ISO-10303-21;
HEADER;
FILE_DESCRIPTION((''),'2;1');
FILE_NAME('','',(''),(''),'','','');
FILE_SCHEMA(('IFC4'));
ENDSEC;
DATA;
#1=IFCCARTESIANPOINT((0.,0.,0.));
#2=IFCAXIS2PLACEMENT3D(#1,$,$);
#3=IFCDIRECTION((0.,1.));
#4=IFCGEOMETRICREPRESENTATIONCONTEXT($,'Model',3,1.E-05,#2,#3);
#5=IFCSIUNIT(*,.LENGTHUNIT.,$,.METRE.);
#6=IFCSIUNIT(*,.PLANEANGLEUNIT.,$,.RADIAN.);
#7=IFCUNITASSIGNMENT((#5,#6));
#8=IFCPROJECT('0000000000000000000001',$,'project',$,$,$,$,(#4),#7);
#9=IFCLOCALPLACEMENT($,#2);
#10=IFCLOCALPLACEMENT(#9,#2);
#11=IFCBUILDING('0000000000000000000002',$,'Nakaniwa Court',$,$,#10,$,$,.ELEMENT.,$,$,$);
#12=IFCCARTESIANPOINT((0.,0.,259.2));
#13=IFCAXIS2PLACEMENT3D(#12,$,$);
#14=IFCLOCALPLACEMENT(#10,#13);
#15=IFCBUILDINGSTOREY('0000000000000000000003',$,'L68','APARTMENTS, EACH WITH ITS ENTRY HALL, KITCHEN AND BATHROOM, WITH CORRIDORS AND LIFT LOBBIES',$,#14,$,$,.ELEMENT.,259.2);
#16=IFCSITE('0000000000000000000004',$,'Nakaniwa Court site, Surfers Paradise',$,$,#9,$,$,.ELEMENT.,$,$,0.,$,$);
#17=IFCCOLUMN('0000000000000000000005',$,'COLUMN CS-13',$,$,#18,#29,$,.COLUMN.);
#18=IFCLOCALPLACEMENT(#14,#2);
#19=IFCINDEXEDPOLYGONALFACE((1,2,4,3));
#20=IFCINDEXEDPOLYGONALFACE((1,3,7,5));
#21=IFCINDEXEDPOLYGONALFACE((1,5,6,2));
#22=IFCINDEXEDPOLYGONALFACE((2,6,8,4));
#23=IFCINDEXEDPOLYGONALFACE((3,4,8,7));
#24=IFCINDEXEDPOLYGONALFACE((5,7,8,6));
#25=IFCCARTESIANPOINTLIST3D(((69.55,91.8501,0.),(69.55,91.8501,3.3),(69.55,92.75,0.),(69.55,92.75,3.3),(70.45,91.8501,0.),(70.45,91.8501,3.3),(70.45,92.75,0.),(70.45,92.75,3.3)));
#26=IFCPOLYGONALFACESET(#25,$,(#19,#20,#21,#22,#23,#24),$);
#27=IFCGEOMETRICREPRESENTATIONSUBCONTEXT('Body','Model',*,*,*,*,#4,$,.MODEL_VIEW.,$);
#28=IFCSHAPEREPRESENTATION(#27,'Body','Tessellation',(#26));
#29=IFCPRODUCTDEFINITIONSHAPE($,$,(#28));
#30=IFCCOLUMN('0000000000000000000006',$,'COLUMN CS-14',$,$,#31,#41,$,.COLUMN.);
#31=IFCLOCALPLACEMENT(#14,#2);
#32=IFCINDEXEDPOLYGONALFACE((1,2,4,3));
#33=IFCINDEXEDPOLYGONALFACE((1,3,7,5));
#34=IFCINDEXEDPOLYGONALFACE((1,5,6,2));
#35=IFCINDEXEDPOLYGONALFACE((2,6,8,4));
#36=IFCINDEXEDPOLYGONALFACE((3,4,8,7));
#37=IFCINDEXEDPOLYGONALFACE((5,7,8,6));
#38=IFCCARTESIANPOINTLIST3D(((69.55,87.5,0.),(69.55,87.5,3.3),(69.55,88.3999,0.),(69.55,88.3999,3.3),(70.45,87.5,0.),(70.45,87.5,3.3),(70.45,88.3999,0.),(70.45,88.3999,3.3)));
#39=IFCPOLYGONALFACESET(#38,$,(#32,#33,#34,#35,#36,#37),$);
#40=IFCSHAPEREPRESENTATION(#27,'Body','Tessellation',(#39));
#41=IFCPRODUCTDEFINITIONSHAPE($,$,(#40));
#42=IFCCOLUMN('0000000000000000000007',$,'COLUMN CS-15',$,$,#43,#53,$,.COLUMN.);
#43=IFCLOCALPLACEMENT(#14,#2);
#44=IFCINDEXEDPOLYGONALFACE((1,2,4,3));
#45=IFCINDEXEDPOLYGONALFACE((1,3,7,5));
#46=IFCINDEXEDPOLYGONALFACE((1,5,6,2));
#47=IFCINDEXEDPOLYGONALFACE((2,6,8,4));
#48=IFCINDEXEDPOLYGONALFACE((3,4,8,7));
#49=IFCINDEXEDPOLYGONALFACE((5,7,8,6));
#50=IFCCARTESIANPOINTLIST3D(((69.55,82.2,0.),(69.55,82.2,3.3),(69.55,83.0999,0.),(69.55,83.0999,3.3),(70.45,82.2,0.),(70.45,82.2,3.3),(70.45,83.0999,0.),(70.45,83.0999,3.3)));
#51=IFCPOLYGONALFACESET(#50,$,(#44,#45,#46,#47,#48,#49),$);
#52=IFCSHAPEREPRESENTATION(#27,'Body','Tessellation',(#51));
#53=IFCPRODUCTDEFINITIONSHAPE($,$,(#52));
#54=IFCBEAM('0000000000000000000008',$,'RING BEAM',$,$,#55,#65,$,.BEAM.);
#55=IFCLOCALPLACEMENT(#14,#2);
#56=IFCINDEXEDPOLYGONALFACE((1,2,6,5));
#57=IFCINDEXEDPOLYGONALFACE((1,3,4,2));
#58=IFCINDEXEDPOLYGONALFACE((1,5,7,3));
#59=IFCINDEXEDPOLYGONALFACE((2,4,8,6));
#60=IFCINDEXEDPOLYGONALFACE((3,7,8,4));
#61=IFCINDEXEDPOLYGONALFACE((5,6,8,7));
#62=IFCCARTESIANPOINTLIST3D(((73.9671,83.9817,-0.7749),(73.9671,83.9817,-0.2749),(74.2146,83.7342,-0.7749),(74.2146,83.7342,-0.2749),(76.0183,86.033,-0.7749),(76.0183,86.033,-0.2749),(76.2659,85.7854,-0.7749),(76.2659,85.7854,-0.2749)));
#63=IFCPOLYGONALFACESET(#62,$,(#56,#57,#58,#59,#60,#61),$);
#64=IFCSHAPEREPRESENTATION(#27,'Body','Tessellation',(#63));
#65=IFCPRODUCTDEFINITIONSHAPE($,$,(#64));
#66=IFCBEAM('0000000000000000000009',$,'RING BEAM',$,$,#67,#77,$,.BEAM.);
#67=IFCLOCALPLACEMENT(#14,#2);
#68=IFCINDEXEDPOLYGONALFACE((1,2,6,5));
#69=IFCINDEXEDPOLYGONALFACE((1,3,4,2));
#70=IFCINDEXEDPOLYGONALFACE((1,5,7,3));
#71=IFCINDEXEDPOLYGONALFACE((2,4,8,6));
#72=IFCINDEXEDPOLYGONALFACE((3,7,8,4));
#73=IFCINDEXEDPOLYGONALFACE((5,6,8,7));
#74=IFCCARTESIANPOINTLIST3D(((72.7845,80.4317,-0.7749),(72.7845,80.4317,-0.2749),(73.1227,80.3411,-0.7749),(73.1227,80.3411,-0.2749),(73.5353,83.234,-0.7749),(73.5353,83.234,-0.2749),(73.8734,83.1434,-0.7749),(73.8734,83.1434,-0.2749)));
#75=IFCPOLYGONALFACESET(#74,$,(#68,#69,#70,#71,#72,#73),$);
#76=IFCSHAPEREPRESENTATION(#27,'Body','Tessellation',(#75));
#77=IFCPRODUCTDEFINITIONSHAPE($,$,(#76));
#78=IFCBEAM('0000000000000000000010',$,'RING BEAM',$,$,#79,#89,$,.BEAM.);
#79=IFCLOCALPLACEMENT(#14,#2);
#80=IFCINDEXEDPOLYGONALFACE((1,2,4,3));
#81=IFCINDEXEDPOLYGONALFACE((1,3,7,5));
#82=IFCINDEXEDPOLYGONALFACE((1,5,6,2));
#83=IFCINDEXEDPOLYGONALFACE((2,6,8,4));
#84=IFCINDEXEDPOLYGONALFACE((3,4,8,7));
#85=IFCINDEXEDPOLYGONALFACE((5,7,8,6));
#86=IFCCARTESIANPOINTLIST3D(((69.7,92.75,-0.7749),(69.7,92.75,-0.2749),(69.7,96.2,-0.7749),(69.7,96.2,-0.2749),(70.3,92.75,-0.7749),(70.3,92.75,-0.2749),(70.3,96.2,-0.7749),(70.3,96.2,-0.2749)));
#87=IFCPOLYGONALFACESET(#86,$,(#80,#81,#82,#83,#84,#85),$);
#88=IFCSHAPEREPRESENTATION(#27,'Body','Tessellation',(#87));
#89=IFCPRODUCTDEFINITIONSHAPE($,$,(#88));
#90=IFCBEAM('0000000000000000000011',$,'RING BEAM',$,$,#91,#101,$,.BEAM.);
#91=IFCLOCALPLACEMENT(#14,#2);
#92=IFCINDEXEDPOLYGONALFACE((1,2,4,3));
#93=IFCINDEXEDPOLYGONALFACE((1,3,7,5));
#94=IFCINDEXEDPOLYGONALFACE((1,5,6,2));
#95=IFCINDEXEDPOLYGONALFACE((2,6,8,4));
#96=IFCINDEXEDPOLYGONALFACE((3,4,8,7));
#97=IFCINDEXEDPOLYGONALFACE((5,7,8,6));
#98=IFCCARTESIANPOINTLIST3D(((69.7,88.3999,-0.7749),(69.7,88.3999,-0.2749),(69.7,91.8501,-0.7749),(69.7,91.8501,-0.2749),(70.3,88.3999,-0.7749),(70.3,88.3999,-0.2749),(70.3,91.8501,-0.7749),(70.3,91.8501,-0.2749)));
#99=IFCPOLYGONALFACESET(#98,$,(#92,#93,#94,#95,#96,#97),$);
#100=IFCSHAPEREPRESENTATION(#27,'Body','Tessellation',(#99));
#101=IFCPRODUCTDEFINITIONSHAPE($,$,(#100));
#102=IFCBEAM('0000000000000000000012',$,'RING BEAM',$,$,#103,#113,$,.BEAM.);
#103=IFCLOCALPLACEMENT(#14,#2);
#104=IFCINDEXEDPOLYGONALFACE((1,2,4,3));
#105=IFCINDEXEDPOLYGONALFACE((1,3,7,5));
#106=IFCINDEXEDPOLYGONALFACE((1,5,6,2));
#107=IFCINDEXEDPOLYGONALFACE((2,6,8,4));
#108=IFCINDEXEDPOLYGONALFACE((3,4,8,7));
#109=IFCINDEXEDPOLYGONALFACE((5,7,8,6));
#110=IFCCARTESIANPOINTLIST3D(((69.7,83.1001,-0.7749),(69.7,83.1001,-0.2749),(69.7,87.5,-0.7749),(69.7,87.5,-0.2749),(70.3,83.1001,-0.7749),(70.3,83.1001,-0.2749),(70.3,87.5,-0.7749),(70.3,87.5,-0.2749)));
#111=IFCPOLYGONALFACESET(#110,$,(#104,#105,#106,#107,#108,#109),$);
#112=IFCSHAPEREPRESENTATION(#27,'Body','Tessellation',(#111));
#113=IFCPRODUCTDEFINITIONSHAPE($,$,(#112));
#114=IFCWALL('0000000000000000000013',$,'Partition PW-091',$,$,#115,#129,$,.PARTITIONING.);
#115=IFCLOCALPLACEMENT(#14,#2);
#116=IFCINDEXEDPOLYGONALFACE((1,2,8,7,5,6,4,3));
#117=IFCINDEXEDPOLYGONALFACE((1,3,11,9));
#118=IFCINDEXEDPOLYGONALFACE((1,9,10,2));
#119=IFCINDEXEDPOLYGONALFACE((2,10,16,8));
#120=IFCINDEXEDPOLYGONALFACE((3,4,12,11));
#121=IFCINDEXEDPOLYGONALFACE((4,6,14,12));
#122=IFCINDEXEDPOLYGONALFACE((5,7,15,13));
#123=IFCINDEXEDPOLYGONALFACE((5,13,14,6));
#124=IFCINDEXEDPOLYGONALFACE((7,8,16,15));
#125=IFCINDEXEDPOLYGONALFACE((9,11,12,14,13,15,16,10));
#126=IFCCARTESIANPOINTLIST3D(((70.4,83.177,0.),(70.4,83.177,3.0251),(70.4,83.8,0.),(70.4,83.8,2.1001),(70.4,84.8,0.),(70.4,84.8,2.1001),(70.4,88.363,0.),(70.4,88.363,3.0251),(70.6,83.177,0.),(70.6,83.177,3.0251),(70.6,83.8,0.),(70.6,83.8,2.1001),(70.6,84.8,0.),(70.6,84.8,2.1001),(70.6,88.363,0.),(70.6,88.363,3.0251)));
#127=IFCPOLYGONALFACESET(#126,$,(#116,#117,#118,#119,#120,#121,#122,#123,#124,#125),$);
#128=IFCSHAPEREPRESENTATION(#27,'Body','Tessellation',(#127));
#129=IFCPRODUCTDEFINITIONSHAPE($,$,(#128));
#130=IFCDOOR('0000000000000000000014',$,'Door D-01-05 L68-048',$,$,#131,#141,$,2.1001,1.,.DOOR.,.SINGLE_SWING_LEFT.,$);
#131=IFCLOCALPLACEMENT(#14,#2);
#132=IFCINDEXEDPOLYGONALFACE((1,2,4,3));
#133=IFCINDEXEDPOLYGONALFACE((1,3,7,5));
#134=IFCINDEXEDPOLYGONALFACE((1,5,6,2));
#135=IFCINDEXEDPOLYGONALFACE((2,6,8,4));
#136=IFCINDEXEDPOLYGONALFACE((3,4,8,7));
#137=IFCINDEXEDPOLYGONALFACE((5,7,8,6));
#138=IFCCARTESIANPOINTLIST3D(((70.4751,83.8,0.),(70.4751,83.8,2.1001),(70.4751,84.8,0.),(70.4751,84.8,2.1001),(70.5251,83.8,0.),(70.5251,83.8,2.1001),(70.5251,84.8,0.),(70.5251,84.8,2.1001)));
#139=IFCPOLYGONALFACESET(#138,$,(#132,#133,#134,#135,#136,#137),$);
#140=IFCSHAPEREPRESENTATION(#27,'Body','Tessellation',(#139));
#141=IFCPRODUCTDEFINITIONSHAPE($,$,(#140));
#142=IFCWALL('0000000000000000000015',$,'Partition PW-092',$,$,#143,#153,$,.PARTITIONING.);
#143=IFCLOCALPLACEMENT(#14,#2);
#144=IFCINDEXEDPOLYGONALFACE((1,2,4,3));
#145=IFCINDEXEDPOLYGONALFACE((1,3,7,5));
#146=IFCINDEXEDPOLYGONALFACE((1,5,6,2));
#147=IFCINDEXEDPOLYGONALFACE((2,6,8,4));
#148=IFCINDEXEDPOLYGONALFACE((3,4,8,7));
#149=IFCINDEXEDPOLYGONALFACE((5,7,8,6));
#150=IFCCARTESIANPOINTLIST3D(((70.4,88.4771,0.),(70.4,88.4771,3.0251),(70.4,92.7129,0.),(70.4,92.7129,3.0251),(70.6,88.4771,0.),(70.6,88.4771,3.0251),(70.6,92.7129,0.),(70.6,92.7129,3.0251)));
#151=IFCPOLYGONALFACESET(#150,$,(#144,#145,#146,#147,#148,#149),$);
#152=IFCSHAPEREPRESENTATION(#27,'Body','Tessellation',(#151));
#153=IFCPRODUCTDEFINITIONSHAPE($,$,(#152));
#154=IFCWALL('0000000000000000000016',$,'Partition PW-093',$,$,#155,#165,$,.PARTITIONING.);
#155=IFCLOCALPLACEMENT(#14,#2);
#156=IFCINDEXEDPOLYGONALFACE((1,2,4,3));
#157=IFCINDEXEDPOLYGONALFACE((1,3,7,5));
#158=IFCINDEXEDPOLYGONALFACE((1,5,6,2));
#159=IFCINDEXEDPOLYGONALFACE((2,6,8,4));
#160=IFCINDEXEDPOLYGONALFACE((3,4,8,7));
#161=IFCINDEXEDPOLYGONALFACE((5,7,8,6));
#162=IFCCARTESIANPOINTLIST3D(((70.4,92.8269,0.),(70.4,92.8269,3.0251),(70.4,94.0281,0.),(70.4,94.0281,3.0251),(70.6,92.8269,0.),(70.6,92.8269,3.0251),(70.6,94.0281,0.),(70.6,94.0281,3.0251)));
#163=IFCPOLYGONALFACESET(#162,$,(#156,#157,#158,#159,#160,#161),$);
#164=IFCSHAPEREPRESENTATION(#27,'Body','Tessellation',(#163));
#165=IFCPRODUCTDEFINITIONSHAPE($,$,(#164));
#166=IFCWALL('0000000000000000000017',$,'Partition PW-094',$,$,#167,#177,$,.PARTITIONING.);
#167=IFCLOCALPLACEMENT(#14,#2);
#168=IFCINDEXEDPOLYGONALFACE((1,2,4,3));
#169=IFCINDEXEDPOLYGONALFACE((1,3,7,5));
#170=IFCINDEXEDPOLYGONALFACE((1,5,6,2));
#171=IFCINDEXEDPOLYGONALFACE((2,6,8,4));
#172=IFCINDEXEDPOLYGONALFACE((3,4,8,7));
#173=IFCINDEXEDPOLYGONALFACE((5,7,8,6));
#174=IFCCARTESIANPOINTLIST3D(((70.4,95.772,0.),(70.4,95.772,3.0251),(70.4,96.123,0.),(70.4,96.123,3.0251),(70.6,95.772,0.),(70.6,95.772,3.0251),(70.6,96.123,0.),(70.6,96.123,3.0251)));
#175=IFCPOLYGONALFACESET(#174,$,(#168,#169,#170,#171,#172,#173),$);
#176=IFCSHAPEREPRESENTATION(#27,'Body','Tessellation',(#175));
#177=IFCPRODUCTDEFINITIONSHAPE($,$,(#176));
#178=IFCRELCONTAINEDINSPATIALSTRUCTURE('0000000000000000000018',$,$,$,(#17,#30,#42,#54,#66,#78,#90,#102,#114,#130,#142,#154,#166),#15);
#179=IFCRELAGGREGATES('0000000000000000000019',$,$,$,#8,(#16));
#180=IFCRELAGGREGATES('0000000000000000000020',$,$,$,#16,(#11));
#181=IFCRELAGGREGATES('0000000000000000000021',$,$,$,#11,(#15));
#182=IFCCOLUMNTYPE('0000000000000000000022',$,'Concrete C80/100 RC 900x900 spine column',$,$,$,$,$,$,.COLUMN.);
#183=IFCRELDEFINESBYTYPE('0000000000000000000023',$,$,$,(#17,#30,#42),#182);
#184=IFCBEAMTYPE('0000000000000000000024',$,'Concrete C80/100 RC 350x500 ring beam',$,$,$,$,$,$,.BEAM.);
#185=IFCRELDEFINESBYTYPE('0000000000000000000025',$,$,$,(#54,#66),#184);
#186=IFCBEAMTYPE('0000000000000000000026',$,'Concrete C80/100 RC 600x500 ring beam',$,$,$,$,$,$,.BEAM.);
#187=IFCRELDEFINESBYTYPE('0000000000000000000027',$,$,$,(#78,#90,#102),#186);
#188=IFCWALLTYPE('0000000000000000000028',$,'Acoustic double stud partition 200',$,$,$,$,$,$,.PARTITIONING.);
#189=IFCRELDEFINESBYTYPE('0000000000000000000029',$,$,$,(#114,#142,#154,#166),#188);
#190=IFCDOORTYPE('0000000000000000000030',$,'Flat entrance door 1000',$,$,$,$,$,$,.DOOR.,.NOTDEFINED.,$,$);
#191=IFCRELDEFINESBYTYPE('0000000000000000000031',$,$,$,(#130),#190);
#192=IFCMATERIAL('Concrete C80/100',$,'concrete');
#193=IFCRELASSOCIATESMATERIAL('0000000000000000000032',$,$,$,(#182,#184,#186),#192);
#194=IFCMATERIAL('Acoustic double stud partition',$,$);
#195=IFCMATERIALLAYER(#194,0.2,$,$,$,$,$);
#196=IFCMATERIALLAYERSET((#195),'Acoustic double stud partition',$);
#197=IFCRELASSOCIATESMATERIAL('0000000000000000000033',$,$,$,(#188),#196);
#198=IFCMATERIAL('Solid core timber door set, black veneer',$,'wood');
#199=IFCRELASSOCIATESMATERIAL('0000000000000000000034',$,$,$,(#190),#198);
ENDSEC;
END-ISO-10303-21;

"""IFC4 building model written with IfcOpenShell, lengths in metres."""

from ifc_helpers import new_model, si_unit, direction, frame, frame_2d, origin, origin_2d, place, context, subcontext, project, spatial, rectangle, extrude, material, layer, layer_set, material_profile, profile_set, type_object, element, fill, save


model = new_model("IFC4")

# Units and contexts
model_context = context("Model", 3, precision=1e-05, world=origin(), true_north=direction((0.0, 1.0)))
body_context = subcontext(model_context, "Body", "Model", "MODEL_VIEW")
ifc_project = project(units=[si_unit("LENGTHUNIT", "METRE"), si_unit("PLANEANGLEUNIT", "RADIAN")], contexts=[model_context])

# Site, building, storey
site_placement = place(None, origin())
site = spatial("IfcSite", under=ifc_project, at=site_placement, Name="Nakaniwa Court site, Surfers Paradise", CompositionType="ELEMENT", RefElevation=0.0)
building_placement = place(site_placement, origin())
building = spatial("IfcBuilding", under=site, at=building_placement, Name="Nakaniwa Court", CompositionType="ELEMENT")
storey_placement = place(building_placement, frame((0.0, 0.0, 259.2)))
storey = spatial("IfcBuildingStorey", under=building, at=storey_placement, Name="L68", Description="APARTMENTS, EACH WITH ITS ENTRY HALL, KITCHEN AND BATHROOM, WITH CORRIDORS AND LIFT LOBBIES", CompositionType="ELEMENT", Elevation=259.2)

# Columns
ifc_material_1 = material(Name="Concrete C80/100", Category="concrete")
ifc_material_profile_1 = material_profile(ifc_material_1, rectangle(XDim=0.8999, YDim=0.8999, at=origin_2d()), Name="Concrete C80/100 RC 900x900 spine column")
ifc_profile_set_1 = profile_set([ifc_material_profile_1], Name="Concrete C80/100")
column_type_1 = type_object("IfcColumnType", Name="Concrete C80/100 RC 900x900 spine column", PredefinedType="COLUMN", material=ifc_profile_set_1)
for number, where, z_axis, x_axis, name in (
    (1, (70.0, 92.3, 0.0), (0.0, 0.0, 1.0), (0.0, -1.0, 0.0), "COLUMN CS-13"),
    (2, (70.0, 87.95, 0.0), (0.0, 0.0, 1.0), (0.0, -1.0, 0.0), "COLUMN CS-14"),
    (3, (70.0, 82.6499, 0.0), (0.0, 0.0, 1.0), (0.0, -1.0, 0.0), "COLUMN CS-15"),
):
    element("IfcColumn", number, at=place(storey_placement, frame(where, z_axis=z_axis, x_axis=x_axis)), inside=storey, type_object=column_type_1, Name=name, PredefinedType="COLUMN", context=body_context, shape_type="SweptSolid", body=[
        extrude(rectangle(XDim=0.8999, YDim=0.8999, at=origin_2d()), origin(), (0.0, 0.0, 1.0), 3.3),
    ])

# Beams
ifc_material_profile_2 = material_profile(ifc_material_1, rectangle(XDim=0.3501, YDim=0.5, at=origin_2d()), Name="Concrete C80/100 RC 350x500 ring beam")
ifc_profile_set_2 = profile_set([ifc_material_profile_2], Name="Concrete C80/100")
beam_type_1 = type_object("IfcBeamType", Name="Concrete C80/100 RC 350x500 ring beam", PredefinedType="BEAM", material=ifc_profile_set_2)
beam_1_placement = place(storey_placement, frame((76.1421, 85.9092, -0.5249), z_axis=(-0.707107, -0.707107, 0.0), x_axis=(0.707107, -0.707107, 0.0)))
element("IfcBeam", 4, at=beam_1_placement, inside=storey, type_object=beam_type_1, Name="RING BEAM", PredefinedType="BEAM", context=body_context, shape_type="SweptSolid", body=[
    extrude(rectangle(XDim=0.3501, YDim=0.5, at=origin_2d()), origin(), (0.0, 0.0, 1.0), 2.9009),
])
beam_2_placement = place(storey_placement, frame((73.7043, 83.1887, -0.5249), z_axis=(-0.258778, -0.965937, 0.0), x_axis=(0.965937, -0.258778, 0.0)))
element("IfcBeam", 5, at=beam_2_placement, inside=storey, type_object=beam_type_1, Name="RING BEAM", PredefinedType="BEAM", context=body_context, shape_type="SweptSolid", body=[
    extrude(rectangle(XDim=0.3501, YDim=0.5, at=origin_2d()), origin(), (0.0, 0.0, 1.0), 2.9011),
])
ifc_material_profile_3 = material_profile(ifc_material_1, rectangle(XDim=0.6001, YDim=0.5, at=origin_2d()), Name="Concrete C80/100 RC 600x500 ring beam")
ifc_profile_set_3 = profile_set([ifc_material_profile_3], Name="Concrete C80/100")
beam_type_2 = type_object("IfcBeamType", Name="Concrete C80/100 RC 600x500 ring beam", PredefinedType="BEAM", material=ifc_profile_set_3)
beam_3_placement = place(storey_placement, frame((70.0, 96.2, -0.5249), z_axis=(0.0, -1.0, 0.0), x_axis=(1.0, 0.0, 0.0)))
element("IfcBeam", 6, at=beam_3_placement, inside=storey, type_object=beam_type_2, Name="RING BEAM", PredefinedType="BEAM", context=body_context, shape_type="SweptSolid", body=[
    extrude(rectangle(XDim=0.6001, YDim=0.5, at=origin_2d()), origin(), (0.0, 0.0, 1.0), 3.45),
])
beam_4_placement = place(storey_placement, frame((70.0, 91.8501, -0.5249), z_axis=(0.0, -1.0, 0.0), x_axis=(1.0, 0.0, 0.0)))
element("IfcBeam", 7, at=beam_4_placement, inside=storey, type_object=beam_type_2, Name="RING BEAM", PredefinedType="BEAM", context=body_context, shape_type="SweptSolid", body=[
    extrude(rectangle(XDim=0.6001, YDim=0.5, at=origin_2d()), origin(), (0.0, 0.0, 1.0), 3.4502),
])
beam_5_placement = place(storey_placement, frame((70.0, 87.5, -0.5249), z_axis=(0.0, -1.0, 0.0), x_axis=(1.0, 0.0, 0.0)))
element("IfcBeam", 8, at=beam_5_placement, inside=storey, type_object=beam_type_2, Name="RING BEAM", PredefinedType="BEAM", context=body_context, shape_type="SweptSolid", body=[
    extrude(rectangle(XDim=0.6001, YDim=0.5, at=origin_2d()), origin(), (0.0, 0.0, 1.0), 4.3999),
])

# Wall, opening, door
ifc_material_2 = material(Name="Acoustic double stud partition")
ifc_layer_1 = layer(ifc_material_2, 0.2)
ifc_layer_set_1 = layer_set([ifc_layer_1], Name="Acoustic double stud partition")
wall_type_1 = type_object("IfcWallType", Name="Acoustic double stud partition 200", PredefinedType="PARTITIONING", material=ifc_layer_set_1)
wall_1_placement = place(storey_placement, frame((70.5, 83.177, 0.0), z_axis=(0.0, 0.0, 1.0), x_axis=(0.0, 1.0, 0.0)))
wall_1 = element("IfcWall", 9, at=wall_1_placement, inside=storey, type_object=wall_type_1, Name="Partition PW-091", PredefinedType="PARTITIONING", context=body_context, shape_type="SweptSolid", body=[
    extrude(rectangle(XDim=5.186, YDim=0.2, at=frame_2d((2.593, 0.0))), origin(), (0.0, 0.0, 1.0), 3.0251),
])
opening_1_placement = place(wall_1_placement, frame((0.623, 0.0, 0.0)))
opening_1 = element("IfcOpeningElement", 10, at=opening_1_placement, cuts=wall_1, PredefinedType="OPENING", context=body_context, shape_type="SweptSolid", body=[
    extrude(rectangle(XDim=1.0, YDim=2.1001, at=frame_2d((0.5, 1.05))), frame((0.0, 0.1099, 0.0), z_axis=(0.0, -1.0, 0.0), x_axis=(1.0, 0.0, 0.0)), (0.0, 0.0, 1.0), 0.22),
])
ifc_material_3 = material(Name="Solid core timber door set, black veneer", Category="wood")
door_type_1 = type_object("IfcDoorType", Name="Flat entrance door 1000", OperationType="NOTDEFINED", PredefinedType="DOOR", material=ifc_material_3)
door_1_placement = place(opening_1_placement, origin())
door_1 = element("IfcDoor", 11, at=door_1_placement, inside=storey, type_object=door_type_1, Name="Door D-01-05 L68-048", OperationType="SINGLE_SWING_LEFT", OverallHeight=2.1001, OverallWidth=1.0, PredefinedType="DOOR", context=body_context, shape_type="SweptSolid", body=[
    extrude(rectangle(XDim=1.0, YDim=2.1001, at=frame_2d((0.5, 1.05))), frame((0.0, 0.0249, 0.0), z_axis=(0.0, -1.0, 0.0), x_axis=(1.0, 0.0, 0.0)), (0.0, 0.0, 1.0), 0.05),
])
fill(opening_1, door_1)

# Walls
wall_2_placement = place(storey_placement, frame((70.5, 88.4771, 0.0), z_axis=(0.0, 0.0, 1.0), x_axis=(0.0, 1.0, 0.0)))
element("IfcWall", 12, at=wall_2_placement, inside=storey, type_object=wall_type_1, Name="Partition PW-092", PredefinedType="PARTITIONING", context=body_context, shape_type="SweptSolid", body=[
    extrude(rectangle(XDim=4.2358, YDim=0.2, at=frame_2d((2.1179, 0.0))), origin(), (0.0, 0.0, 1.0), 3.0251),
])
wall_3_placement = place(storey_placement, frame((70.5, 92.8269, 0.0), z_axis=(0.0, 0.0, 1.0), x_axis=(0.0, 1.0, 0.0)))
element("IfcWall", 13, at=wall_3_placement, inside=storey, type_object=wall_type_1, Name="Partition PW-093", PredefinedType="PARTITIONING", context=body_context, shape_type="SweptSolid", body=[
    extrude(rectangle(XDim=1.2012, YDim=0.2, at=frame_2d((0.6006, 0.0))), origin(), (0.0, 0.0, 1.0), 3.0251),
])
wall_4_placement = place(storey_placement, frame((70.5, 95.772, 0.0), z_axis=(0.0, 0.0, 1.0), x_axis=(0.0, 1.0, 0.0)))
element("IfcWall", 14, at=wall_4_placement, inside=storey, type_object=wall_type_1, Name="Partition PW-094", PredefinedType="PARTITIONING", context=body_context, shape_type="SweptSolid", body=[
    extrude(rectangle(XDim=0.3511, YDim=0.2, at=frame_2d((0.1755, 0.0))), origin(), (0.0, 0.0, 1.0), 3.0251),
])

save(model, "model.ifc")
